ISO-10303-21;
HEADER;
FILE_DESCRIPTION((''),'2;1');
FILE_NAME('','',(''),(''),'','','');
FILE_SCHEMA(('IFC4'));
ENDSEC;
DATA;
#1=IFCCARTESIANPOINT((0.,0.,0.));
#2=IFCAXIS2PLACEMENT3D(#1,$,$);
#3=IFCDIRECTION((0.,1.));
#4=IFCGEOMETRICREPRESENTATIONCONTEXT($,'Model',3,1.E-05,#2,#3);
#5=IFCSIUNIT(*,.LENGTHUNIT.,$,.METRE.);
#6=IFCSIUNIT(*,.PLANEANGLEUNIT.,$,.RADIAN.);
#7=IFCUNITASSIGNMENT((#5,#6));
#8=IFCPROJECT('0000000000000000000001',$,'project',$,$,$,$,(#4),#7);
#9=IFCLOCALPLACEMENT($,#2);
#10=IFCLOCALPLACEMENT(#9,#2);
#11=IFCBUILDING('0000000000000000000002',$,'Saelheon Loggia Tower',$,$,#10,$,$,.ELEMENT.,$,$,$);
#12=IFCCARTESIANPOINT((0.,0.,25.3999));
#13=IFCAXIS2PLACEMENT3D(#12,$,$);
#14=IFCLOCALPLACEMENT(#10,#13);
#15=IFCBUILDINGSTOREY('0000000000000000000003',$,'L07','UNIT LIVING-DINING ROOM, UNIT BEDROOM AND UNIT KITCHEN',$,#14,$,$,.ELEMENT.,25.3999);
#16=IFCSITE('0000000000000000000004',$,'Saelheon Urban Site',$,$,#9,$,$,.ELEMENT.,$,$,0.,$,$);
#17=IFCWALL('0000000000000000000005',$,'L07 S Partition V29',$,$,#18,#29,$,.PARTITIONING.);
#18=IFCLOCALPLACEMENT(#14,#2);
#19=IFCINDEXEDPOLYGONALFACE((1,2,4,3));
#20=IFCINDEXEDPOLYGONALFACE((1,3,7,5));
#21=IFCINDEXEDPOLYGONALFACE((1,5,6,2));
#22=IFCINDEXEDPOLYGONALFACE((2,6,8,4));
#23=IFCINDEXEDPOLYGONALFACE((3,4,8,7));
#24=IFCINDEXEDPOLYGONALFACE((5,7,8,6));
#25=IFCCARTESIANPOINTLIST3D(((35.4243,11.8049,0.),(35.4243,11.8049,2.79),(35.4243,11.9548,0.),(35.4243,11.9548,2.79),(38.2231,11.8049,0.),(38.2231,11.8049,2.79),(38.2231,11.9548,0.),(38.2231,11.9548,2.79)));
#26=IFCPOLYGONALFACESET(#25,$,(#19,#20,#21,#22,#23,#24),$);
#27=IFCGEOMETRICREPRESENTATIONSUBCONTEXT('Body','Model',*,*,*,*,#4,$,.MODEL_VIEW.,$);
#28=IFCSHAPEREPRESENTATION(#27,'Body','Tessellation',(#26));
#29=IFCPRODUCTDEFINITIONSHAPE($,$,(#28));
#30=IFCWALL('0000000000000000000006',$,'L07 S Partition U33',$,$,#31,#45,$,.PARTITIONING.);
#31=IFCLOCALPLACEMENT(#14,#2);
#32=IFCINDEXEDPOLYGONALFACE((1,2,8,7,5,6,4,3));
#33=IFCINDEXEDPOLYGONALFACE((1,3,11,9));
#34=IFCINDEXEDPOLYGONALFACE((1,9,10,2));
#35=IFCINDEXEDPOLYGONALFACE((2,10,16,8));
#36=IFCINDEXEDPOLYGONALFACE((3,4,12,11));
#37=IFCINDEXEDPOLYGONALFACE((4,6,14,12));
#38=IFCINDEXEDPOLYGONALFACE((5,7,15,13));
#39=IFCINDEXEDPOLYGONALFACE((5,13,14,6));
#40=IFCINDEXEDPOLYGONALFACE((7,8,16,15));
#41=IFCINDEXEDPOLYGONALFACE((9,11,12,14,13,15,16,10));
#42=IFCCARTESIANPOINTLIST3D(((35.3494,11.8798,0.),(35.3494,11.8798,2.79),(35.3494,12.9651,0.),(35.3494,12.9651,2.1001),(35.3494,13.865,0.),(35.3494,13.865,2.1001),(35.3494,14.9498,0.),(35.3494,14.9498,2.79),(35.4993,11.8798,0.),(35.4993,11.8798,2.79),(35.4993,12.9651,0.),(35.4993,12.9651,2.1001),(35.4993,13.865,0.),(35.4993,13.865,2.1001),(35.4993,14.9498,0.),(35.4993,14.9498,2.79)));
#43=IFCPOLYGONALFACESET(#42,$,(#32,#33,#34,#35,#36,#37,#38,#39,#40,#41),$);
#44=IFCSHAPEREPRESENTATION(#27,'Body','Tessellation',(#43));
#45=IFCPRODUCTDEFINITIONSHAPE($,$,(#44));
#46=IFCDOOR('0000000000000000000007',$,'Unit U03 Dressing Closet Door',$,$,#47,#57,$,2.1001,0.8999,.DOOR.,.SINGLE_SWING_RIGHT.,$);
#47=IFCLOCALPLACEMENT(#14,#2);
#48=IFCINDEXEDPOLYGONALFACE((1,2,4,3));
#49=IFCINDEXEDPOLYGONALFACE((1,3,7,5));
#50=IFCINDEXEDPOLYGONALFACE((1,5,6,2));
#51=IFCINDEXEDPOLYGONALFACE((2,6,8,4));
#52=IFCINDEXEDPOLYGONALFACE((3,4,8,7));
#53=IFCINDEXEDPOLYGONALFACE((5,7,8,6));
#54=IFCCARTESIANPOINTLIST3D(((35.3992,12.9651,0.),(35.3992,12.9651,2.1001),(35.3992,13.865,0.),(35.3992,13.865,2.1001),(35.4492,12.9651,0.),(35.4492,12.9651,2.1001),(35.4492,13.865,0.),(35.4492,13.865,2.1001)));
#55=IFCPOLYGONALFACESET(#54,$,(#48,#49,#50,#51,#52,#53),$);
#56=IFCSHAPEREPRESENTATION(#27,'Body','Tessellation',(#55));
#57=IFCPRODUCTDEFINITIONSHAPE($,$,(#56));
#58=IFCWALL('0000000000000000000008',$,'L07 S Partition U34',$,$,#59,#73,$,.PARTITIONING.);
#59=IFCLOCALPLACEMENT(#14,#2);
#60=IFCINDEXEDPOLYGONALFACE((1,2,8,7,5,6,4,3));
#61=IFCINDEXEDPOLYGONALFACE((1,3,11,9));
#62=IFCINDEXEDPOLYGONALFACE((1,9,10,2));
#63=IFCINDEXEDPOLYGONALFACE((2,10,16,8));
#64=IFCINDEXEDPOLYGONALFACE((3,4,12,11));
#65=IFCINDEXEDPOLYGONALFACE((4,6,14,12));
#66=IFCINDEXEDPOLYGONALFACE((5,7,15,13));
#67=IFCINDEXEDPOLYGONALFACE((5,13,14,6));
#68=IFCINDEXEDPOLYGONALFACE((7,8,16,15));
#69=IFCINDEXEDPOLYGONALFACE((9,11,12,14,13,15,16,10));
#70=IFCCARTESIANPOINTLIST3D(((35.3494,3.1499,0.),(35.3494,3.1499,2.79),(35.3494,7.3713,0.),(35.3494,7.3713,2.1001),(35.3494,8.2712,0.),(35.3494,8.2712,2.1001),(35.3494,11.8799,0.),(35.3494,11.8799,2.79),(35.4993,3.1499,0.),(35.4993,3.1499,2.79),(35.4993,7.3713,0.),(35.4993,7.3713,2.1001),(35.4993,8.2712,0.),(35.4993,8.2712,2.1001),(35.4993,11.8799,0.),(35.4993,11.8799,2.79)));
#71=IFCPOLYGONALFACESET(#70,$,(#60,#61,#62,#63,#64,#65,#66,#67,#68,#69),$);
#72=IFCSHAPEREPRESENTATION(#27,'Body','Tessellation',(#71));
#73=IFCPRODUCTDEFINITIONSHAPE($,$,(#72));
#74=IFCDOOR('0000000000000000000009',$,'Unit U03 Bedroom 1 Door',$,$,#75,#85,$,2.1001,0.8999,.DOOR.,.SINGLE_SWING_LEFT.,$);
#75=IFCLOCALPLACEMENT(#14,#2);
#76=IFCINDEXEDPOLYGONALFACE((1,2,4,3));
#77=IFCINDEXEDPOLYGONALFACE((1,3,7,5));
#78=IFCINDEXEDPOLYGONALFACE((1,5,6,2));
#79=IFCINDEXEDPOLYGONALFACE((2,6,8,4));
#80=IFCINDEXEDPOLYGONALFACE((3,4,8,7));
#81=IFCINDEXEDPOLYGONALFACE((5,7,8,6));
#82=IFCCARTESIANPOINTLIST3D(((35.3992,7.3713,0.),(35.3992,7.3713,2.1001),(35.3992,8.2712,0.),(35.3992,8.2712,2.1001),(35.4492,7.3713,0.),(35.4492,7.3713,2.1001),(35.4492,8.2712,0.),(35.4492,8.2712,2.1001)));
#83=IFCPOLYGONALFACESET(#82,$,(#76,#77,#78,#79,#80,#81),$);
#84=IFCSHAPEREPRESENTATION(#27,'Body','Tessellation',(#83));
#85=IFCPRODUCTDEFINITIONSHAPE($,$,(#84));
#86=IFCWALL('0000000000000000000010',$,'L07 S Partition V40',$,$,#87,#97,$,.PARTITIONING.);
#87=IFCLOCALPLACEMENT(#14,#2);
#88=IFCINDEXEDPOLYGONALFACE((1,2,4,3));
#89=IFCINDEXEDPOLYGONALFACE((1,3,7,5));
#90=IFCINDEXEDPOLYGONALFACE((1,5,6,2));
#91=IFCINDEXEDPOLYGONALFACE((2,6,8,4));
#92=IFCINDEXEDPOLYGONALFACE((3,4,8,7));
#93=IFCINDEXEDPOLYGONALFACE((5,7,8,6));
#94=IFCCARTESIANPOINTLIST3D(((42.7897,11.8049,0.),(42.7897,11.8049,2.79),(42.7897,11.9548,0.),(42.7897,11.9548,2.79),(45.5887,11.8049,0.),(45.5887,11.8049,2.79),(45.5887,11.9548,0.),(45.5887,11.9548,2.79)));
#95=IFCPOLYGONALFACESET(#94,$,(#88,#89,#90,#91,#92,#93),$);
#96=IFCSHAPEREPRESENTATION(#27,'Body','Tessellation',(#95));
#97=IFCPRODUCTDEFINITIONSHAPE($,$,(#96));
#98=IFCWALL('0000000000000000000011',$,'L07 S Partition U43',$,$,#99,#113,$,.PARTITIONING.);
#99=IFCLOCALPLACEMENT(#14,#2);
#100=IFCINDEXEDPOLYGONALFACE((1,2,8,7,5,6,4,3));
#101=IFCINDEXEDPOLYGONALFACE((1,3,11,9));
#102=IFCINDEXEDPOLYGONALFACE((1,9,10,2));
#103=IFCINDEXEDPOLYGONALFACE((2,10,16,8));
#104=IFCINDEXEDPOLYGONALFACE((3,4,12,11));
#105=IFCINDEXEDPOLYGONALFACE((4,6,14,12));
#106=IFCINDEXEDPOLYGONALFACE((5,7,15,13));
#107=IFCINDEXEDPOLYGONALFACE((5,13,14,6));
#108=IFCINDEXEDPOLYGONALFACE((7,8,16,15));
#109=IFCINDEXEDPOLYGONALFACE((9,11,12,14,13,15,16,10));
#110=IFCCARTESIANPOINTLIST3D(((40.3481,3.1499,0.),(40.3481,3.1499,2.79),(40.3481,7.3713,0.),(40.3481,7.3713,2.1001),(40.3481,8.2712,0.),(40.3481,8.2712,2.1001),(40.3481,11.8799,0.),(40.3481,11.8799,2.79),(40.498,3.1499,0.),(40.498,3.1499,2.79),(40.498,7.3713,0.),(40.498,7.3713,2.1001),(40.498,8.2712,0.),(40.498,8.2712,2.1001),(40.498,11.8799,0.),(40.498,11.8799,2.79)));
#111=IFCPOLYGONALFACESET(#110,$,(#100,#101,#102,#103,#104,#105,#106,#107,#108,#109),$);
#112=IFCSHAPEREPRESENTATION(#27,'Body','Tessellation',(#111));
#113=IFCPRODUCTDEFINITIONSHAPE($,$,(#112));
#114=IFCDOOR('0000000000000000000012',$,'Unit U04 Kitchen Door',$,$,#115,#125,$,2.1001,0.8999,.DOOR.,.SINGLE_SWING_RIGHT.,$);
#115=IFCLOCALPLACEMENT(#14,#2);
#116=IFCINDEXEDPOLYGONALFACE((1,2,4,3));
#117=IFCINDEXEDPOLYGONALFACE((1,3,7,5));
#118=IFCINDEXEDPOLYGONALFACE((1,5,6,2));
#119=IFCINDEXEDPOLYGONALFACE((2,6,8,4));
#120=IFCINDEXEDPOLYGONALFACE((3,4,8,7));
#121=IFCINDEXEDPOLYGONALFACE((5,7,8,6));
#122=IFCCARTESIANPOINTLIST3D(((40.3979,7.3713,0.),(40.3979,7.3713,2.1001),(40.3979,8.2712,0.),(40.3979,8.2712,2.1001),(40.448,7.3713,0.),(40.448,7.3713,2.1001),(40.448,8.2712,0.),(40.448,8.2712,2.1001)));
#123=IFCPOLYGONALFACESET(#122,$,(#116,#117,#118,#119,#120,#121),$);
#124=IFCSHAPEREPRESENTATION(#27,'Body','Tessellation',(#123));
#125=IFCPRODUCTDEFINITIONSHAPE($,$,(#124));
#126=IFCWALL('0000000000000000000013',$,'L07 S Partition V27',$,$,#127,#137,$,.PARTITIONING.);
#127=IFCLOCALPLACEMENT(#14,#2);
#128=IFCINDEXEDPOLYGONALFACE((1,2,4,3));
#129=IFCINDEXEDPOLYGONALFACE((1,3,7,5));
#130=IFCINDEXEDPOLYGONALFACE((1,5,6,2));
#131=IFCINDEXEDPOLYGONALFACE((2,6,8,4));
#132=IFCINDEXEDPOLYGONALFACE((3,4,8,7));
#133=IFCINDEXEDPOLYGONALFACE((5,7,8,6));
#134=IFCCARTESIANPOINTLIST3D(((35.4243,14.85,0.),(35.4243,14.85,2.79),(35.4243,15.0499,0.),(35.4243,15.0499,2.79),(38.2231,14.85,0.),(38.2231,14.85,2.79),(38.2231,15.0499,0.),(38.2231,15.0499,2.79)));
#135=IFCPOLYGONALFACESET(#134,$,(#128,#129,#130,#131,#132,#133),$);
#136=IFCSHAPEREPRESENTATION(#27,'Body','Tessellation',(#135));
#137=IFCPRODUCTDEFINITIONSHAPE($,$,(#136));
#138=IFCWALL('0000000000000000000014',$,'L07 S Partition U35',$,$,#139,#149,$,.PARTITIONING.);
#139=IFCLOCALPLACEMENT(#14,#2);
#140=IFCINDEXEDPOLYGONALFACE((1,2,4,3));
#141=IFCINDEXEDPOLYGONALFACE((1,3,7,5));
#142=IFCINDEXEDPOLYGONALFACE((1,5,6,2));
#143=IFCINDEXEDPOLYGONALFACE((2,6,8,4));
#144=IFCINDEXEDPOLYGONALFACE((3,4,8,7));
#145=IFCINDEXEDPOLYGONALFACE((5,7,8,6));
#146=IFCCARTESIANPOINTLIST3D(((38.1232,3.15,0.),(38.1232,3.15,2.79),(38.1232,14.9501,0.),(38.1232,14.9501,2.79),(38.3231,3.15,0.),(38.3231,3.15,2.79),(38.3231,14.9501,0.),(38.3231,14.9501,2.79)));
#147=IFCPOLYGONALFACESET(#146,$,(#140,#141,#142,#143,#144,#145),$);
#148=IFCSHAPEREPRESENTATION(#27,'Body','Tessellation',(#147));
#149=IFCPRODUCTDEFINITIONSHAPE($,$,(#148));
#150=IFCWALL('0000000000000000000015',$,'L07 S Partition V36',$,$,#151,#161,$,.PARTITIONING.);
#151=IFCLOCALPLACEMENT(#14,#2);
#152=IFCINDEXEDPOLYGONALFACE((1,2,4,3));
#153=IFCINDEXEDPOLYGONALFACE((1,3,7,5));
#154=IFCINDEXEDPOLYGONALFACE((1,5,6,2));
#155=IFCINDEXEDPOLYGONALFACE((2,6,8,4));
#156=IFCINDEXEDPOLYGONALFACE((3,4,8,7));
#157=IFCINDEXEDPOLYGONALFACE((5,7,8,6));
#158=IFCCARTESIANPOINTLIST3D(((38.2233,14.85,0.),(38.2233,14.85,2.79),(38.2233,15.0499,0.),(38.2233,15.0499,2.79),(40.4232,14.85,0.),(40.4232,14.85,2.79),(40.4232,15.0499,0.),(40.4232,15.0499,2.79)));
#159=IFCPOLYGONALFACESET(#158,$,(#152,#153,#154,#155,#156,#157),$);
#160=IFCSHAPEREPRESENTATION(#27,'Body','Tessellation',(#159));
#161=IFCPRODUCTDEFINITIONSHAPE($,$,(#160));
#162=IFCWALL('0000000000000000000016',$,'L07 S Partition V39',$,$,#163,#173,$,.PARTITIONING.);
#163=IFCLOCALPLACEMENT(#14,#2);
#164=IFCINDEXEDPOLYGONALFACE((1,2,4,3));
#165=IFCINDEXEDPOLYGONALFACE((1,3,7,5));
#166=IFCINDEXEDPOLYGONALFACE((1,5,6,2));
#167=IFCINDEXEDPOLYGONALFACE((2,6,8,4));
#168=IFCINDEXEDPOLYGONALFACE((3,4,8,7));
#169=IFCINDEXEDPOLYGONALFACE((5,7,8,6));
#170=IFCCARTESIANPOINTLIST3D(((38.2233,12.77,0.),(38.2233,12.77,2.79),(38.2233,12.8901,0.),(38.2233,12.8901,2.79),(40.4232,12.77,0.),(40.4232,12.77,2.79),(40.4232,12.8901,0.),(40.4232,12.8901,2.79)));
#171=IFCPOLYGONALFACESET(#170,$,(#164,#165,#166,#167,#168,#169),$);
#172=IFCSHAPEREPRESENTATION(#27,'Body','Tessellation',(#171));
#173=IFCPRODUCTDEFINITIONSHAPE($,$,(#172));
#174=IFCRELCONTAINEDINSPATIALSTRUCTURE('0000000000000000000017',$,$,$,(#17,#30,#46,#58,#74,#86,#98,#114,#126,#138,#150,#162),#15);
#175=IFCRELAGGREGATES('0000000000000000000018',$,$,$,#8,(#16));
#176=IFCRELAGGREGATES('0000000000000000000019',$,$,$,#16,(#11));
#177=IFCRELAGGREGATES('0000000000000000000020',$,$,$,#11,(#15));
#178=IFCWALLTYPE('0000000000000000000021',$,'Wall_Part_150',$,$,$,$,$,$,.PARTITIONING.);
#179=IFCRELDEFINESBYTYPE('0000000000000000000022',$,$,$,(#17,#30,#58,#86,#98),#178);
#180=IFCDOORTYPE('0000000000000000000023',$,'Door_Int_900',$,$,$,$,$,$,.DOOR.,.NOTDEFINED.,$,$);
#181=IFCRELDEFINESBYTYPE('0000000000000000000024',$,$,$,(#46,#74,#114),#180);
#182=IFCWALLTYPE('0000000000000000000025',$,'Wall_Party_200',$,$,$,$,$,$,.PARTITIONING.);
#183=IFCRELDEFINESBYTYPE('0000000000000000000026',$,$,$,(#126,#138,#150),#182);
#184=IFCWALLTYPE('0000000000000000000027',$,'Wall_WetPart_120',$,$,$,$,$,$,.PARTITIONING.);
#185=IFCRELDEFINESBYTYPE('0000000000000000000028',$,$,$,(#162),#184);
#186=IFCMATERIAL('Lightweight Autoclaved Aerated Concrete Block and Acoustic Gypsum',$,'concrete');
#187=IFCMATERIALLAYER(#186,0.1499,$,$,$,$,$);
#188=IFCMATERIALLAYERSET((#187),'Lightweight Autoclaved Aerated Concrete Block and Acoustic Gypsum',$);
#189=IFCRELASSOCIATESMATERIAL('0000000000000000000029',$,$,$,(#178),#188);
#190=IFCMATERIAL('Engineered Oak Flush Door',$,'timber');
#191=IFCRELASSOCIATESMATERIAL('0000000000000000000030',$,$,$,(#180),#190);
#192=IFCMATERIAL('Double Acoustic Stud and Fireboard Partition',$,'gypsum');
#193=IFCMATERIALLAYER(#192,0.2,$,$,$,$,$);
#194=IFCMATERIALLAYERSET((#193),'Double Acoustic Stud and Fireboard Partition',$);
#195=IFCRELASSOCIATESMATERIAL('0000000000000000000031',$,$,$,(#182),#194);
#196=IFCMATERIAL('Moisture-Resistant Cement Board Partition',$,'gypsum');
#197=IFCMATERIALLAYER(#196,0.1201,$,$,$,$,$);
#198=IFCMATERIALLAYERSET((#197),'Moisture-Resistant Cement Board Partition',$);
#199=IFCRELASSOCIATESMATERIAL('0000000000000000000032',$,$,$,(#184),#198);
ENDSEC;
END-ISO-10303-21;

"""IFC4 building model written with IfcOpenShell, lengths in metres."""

from ifc_helpers import new_model, si_unit, direction, frame, frame_2d, origin, place, context, subcontext, project, spatial, rectangle, extrude, source, transform, mapped, material, layer, layer_set, type_object, element, fill, save


model = new_model("IFC4")

# Units and contexts
model_context = context("Model", 3, precision=1e-05, world=origin(), true_north=direction((0.0, 1.0)))
body_context = subcontext(model_context, "Body", "Model", "MODEL_VIEW")
ifc_project = project(units=[si_unit("LENGTHUNIT", "METRE"), si_unit("PLANEANGLEUNIT", "RADIAN")], contexts=[model_context])

# Site, building, storey
site_placement = place(None, origin())
site = spatial("IfcSite", under=ifc_project, at=site_placement, Name="Saelheon Urban Site", CompositionType="ELEMENT", RefElevation=0.0)
building_placement = place(site_placement, origin())
building = spatial("IfcBuilding", under=site, at=building_placement, Name="Saelheon Loggia Tower", CompositionType="ELEMENT")
storey_placement = place(building_placement, frame((0.0, 0.0, 25.3999)))
storey = spatial("IfcBuildingStorey", under=building, at=storey_placement, Name="L07", Description="UNIT LIVING-DINING ROOM, UNIT BEDROOM AND UNIT KITCHEN", CompositionType="ELEMENT", Elevation=25.3999)

# Wall
ifc_material_1 = material(Name="Lightweight Autoclaved Aerated Concrete Block and Acoustic Gypsum", Category="concrete")
ifc_layer_1 = layer(ifc_material_1, 0.1499)
ifc_layer_set_1 = layer_set([ifc_layer_1], Name="Lightweight Autoclaved Aerated Concrete Block and Acoustic Gypsum")
wall_type_1 = type_object("IfcWallType", Name="Wall_Part_150", PredefinedType="PARTITIONING", material=ifc_layer_set_1)
wall_1_placement = place(storey_placement, frame((35.4243, 11.8799, 0.0), z_axis=(0.0, 0.0, 1.0), x_axis=(1.0, 0.0, 0.0)))
element("IfcWall", 1, at=wall_1_placement, inside=storey, type_object=wall_type_1, Name="L07 S Partition V29", PredefinedType="PARTITIONING", context=body_context, shape_type="SweptSolid", body=[
    extrude(rectangle(XDim=2.7988, YDim=0.1499, at=frame_2d((1.3994, 0.0))), origin(), (0.0, 0.0, 1.0), 2.79),
])

# Walls, openings, doors
wall_2_placement = place(storey_placement, frame((35.4243, 14.95, 0.0), z_axis=(0.0, 0.0, 1.0), x_axis=(0.0, -1.0, 0.0)))
wall_2 = element("IfcWall", 2, at=wall_2_placement, inside=storey, type_object=wall_type_1, Name="L07 S Partition U33", PredefinedType="PARTITIONING", context=body_context, shape_type="SweptSolid", body=[
    extrude(rectangle(XDim=3.0701, YDim=0.1499, at=frame_2d((1.5352, 0.0))), origin(), (0.0, 0.0, 1.0), 2.79),
])
opening_1_placement = place(wall_2_placement, frame((1.085, 0.0, 0.0)))
opening_1 = element("IfcOpeningElement", 3, at=opening_1_placement, cuts=wall_2, PredefinedType="OPENING", context=body_context, shape_type="SweptSolid", body=[
    extrude(rectangle(XDim=0.8999, YDim=2.1001, at=frame_2d((0.45, 1.05))), frame((0.0, 0.0869, 0.0), z_axis=(0.0, -1.0, 0.0), x_axis=(1.0, 0.0, 0.0)), (0.0, 0.0, 1.0), 0.1738),
])
ifc_material_2 = material(Name="Engineered Oak Flush Door", Category="timber")
door_type_1 = type_object("IfcDoorType", Name="Door_Int_900", OperationType="NOTDEFINED", PredefinedType="DOOR", material=ifc_material_2)
shared_shape_1 = source(origin(), body_context, "Body", "SweptSolid", [
    extrude(rectangle(XDim=0.8999, YDim=2.1001, at=frame_2d((0.45, 1.05))), frame((0.0, 0.0249, 0.0), z_axis=(0.0, -1.0, 0.0), x_axis=(1.0, 0.0, 0.0)), (0.0, 0.0, 1.0), 0.05),
])
door_1_placement = place(opening_1_placement, origin())
door_1 = element("IfcDoor", 4, at=door_1_placement, inside=storey, type_object=door_type_1, Name="Unit U03 Dressing Closet Door", OperationType="SINGLE_SWING_RIGHT", OverallHeight=2.1001, OverallWidth=0.8999, PredefinedType="DOOR", context=body_context, shape_type="MappedRepresentation", body=[
    mapped(shared_shape_1, transform((0.0, 0.0, 0.0), scale=1.0)),
])
fill(opening_1, door_1)
wall_3_placement = place(storey_placement, frame((35.4243, 11.8799, 0.0), z_axis=(0.0, 0.0, 1.0), x_axis=(0.0, -1.0, 0.0)))
wall_3 = element("IfcWall", 5, at=wall_3_placement, inside=storey, type_object=wall_type_1, Name="L07 S Partition U34", PredefinedType="PARTITIONING", context=body_context, shape_type="SweptSolid", body=[
    extrude(rectangle(XDim=8.73, YDim=0.1499, at=frame_2d((4.365, 0.0))), origin(), (0.0, 0.0, 1.0), 2.79),
])
opening_2_placement = place(wall_3_placement, frame((3.6086, 0.0, 0.0)))
opening_2 = element("IfcOpeningElement", 6, at=opening_2_placement, cuts=wall_3, PredefinedType="OPENING", context=body_context, shape_type="SweptSolid", body=[
    extrude(rectangle(XDim=0.8999, YDim=2.1001, at=frame_2d((0.45, 1.05))), frame((0.0, 0.0869, 0.0), z_axis=(0.0, -1.0, 0.0), x_axis=(1.0, 0.0, 0.0)), (0.0, 0.0, 1.0), 0.1738),
])
door_2_placement = place(opening_2_placement, origin())
door_2 = element("IfcDoor", 7, at=door_2_placement, inside=storey, type_object=door_type_1, Name="Unit U03 Bedroom 1 Door", OperationType="SINGLE_SWING_LEFT", OverallHeight=2.1001, OverallWidth=0.8999, PredefinedType="DOOR", context=body_context, shape_type="MappedRepresentation", body=[
    mapped(shared_shape_1, transform((0.0, 0.0, 0.0), scale=1.0)),
])
fill(opening_2, door_2)

# Wall
wall_4_placement = place(storey_placement, frame((42.7898, 11.8799, 0.0), z_axis=(0.0, 0.0, 1.0), x_axis=(1.0, 0.0, 0.0)))
element("IfcWall", 8, at=wall_4_placement, inside=storey, type_object=wall_type_1, Name="L07 S Partition V40", PredefinedType="PARTITIONING", context=body_context, shape_type="SweptSolid", body=[
    extrude(rectangle(XDim=2.7991, YDim=0.1499, at=frame_2d((1.3994, 0.0))), origin(), (0.0, 0.0, 1.0), 2.79),
])

# Wall, opening, door
wall_5_placement = place(storey_placement, frame((40.4231, 11.8799, 0.0), z_axis=(0.0, 0.0, 1.0), x_axis=(0.0, -1.0, 0.0)))
wall_5 = element("IfcWall", 9, at=wall_5_placement, inside=storey, type_object=wall_type_1, Name="L07 S Partition U43", PredefinedType="PARTITIONING", context=body_context, shape_type="SweptSolid", body=[
    extrude(rectangle(XDim=8.73, YDim=0.1499, at=frame_2d((4.365, 0.0))), origin(), (0.0, 0.0, 1.0), 2.79),
])
opening_3_placement = place(wall_5_placement, frame((3.6086, 0.0, 0.0)))
opening_3 = element("IfcOpeningElement", 10, at=opening_3_placement, cuts=wall_5, PredefinedType="OPENING", context=body_context, shape_type="SweptSolid", body=[
    extrude(rectangle(XDim=0.8999, YDim=2.1001, at=frame_2d((0.45, 1.05))), frame((0.0, 0.0869, 0.0), z_axis=(0.0, -1.0, 0.0), x_axis=(1.0, 0.0, 0.0)), (0.0, 0.0, 1.0), 0.1738),
])
door_3_placement = place(opening_3_placement, origin())
door_3 = element("IfcDoor", 11, at=door_3_placement, inside=storey, type_object=door_type_1, Name="Unit U04 Kitchen Door", OperationType="SINGLE_SWING_RIGHT", OverallHeight=2.1001, OverallWidth=0.8999, PredefinedType="DOOR", context=body_context, shape_type="MappedRepresentation", body=[
    mapped(shared_shape_1, transform((0.0, 0.0, 0.0), scale=1.0)),
])
fill(opening_3, door_3)

# Walls
ifc_material_3 = material(Name="Double Acoustic Stud and Fireboard Partition", Category="gypsum")
ifc_layer_2 = layer(ifc_material_3, 0.2)
ifc_layer_set_2 = layer_set([ifc_layer_2], Name="Double Acoustic Stud and Fireboard Partition")
wall_type_2 = type_object("IfcWallType", Name="Wall_Party_200", PredefinedType="PARTITIONING", material=ifc_layer_set_2)
wall_6_placement = place(storey_placement, frame((35.4243, 14.95, 0.0), z_axis=(0.0, 0.0, 1.0), x_axis=(1.0, 0.0, 0.0)))
element("IfcWall", 12, at=wall_6_placement, inside=storey, type_object=wall_type_2, Name="L07 S Partition V27", PredefinedType="PARTITIONING", context=body_context, shape_type="SweptSolid", body=[
    extrude(rectangle(XDim=2.7988, YDim=0.2, at=frame_2d((1.3994, 0.0))), origin(), (0.0, 0.0, 1.0), 2.79),
])
wall_7_placement = place(storey_placement, frame((38.2231, 14.95, 0.0), z_axis=(0.0, 0.0, 1.0), x_axis=(0.0, -1.0, 0.0)))
element("IfcWall", 13, at=wall_7_placement, inside=storey, type_object=wall_type_2, Name="L07 S Partition U35", PredefinedType="PARTITIONING", context=body_context, shape_type="SweptSolid", body=[
    extrude(rectangle(XDim=11.8, YDim=0.2, at=frame_2d((5.8999, 0.0))), origin(), (0.0, 0.0, 1.0), 2.79),
])
wall_8_placement = place(storey_placement, frame((38.2231, 14.95, 0.0), z_axis=(0.0, 0.0, 1.0), x_axis=(1.0, 0.0, 0.0)))
element("IfcWall", 14, at=wall_8_placement, inside=storey, type_object=wall_type_2, Name="L07 S Partition V36", PredefinedType="PARTITIONING", context=body_context, shape_type="SweptSolid", body=[
    extrude(rectangle(XDim=2.2, YDim=0.2, at=frame_2d((1.1001, 0.0))), origin(), (0.0, 0.0, 1.0), 2.79),
])

# Wall
ifc_material_4 = material(Name="Moisture-Resistant Cement Board Partition", Category="gypsum")
ifc_layer_3 = layer(ifc_material_4, 0.1201)
ifc_layer_set_3 = layer_set([ifc_layer_3], Name="Moisture-Resistant Cement Board Partition")
wall_type_3 = type_object("IfcWallType", Name="Wall_WetPart_120", PredefinedType="PARTITIONING", material=ifc_layer_set_3)
wall_9_placement = place(storey_placement, frame((38.2231, 12.8301, 0.0), z_axis=(0.0, 0.0, 1.0), x_axis=(1.0, 0.0, 0.0)))
element("IfcWall", 15, at=wall_9_placement, inside=storey, type_object=wall_type_3, Name="L07 S Partition V39", PredefinedType="PARTITIONING", context=body_context, shape_type="SweptSolid", body=[
    extrude(rectangle(XDim=2.2, YDim=0.1201, at=frame_2d((1.1001, 0.0))), origin(), (0.0, 0.0, 1.0), 2.79),
])

save(model, "model.ifc")
